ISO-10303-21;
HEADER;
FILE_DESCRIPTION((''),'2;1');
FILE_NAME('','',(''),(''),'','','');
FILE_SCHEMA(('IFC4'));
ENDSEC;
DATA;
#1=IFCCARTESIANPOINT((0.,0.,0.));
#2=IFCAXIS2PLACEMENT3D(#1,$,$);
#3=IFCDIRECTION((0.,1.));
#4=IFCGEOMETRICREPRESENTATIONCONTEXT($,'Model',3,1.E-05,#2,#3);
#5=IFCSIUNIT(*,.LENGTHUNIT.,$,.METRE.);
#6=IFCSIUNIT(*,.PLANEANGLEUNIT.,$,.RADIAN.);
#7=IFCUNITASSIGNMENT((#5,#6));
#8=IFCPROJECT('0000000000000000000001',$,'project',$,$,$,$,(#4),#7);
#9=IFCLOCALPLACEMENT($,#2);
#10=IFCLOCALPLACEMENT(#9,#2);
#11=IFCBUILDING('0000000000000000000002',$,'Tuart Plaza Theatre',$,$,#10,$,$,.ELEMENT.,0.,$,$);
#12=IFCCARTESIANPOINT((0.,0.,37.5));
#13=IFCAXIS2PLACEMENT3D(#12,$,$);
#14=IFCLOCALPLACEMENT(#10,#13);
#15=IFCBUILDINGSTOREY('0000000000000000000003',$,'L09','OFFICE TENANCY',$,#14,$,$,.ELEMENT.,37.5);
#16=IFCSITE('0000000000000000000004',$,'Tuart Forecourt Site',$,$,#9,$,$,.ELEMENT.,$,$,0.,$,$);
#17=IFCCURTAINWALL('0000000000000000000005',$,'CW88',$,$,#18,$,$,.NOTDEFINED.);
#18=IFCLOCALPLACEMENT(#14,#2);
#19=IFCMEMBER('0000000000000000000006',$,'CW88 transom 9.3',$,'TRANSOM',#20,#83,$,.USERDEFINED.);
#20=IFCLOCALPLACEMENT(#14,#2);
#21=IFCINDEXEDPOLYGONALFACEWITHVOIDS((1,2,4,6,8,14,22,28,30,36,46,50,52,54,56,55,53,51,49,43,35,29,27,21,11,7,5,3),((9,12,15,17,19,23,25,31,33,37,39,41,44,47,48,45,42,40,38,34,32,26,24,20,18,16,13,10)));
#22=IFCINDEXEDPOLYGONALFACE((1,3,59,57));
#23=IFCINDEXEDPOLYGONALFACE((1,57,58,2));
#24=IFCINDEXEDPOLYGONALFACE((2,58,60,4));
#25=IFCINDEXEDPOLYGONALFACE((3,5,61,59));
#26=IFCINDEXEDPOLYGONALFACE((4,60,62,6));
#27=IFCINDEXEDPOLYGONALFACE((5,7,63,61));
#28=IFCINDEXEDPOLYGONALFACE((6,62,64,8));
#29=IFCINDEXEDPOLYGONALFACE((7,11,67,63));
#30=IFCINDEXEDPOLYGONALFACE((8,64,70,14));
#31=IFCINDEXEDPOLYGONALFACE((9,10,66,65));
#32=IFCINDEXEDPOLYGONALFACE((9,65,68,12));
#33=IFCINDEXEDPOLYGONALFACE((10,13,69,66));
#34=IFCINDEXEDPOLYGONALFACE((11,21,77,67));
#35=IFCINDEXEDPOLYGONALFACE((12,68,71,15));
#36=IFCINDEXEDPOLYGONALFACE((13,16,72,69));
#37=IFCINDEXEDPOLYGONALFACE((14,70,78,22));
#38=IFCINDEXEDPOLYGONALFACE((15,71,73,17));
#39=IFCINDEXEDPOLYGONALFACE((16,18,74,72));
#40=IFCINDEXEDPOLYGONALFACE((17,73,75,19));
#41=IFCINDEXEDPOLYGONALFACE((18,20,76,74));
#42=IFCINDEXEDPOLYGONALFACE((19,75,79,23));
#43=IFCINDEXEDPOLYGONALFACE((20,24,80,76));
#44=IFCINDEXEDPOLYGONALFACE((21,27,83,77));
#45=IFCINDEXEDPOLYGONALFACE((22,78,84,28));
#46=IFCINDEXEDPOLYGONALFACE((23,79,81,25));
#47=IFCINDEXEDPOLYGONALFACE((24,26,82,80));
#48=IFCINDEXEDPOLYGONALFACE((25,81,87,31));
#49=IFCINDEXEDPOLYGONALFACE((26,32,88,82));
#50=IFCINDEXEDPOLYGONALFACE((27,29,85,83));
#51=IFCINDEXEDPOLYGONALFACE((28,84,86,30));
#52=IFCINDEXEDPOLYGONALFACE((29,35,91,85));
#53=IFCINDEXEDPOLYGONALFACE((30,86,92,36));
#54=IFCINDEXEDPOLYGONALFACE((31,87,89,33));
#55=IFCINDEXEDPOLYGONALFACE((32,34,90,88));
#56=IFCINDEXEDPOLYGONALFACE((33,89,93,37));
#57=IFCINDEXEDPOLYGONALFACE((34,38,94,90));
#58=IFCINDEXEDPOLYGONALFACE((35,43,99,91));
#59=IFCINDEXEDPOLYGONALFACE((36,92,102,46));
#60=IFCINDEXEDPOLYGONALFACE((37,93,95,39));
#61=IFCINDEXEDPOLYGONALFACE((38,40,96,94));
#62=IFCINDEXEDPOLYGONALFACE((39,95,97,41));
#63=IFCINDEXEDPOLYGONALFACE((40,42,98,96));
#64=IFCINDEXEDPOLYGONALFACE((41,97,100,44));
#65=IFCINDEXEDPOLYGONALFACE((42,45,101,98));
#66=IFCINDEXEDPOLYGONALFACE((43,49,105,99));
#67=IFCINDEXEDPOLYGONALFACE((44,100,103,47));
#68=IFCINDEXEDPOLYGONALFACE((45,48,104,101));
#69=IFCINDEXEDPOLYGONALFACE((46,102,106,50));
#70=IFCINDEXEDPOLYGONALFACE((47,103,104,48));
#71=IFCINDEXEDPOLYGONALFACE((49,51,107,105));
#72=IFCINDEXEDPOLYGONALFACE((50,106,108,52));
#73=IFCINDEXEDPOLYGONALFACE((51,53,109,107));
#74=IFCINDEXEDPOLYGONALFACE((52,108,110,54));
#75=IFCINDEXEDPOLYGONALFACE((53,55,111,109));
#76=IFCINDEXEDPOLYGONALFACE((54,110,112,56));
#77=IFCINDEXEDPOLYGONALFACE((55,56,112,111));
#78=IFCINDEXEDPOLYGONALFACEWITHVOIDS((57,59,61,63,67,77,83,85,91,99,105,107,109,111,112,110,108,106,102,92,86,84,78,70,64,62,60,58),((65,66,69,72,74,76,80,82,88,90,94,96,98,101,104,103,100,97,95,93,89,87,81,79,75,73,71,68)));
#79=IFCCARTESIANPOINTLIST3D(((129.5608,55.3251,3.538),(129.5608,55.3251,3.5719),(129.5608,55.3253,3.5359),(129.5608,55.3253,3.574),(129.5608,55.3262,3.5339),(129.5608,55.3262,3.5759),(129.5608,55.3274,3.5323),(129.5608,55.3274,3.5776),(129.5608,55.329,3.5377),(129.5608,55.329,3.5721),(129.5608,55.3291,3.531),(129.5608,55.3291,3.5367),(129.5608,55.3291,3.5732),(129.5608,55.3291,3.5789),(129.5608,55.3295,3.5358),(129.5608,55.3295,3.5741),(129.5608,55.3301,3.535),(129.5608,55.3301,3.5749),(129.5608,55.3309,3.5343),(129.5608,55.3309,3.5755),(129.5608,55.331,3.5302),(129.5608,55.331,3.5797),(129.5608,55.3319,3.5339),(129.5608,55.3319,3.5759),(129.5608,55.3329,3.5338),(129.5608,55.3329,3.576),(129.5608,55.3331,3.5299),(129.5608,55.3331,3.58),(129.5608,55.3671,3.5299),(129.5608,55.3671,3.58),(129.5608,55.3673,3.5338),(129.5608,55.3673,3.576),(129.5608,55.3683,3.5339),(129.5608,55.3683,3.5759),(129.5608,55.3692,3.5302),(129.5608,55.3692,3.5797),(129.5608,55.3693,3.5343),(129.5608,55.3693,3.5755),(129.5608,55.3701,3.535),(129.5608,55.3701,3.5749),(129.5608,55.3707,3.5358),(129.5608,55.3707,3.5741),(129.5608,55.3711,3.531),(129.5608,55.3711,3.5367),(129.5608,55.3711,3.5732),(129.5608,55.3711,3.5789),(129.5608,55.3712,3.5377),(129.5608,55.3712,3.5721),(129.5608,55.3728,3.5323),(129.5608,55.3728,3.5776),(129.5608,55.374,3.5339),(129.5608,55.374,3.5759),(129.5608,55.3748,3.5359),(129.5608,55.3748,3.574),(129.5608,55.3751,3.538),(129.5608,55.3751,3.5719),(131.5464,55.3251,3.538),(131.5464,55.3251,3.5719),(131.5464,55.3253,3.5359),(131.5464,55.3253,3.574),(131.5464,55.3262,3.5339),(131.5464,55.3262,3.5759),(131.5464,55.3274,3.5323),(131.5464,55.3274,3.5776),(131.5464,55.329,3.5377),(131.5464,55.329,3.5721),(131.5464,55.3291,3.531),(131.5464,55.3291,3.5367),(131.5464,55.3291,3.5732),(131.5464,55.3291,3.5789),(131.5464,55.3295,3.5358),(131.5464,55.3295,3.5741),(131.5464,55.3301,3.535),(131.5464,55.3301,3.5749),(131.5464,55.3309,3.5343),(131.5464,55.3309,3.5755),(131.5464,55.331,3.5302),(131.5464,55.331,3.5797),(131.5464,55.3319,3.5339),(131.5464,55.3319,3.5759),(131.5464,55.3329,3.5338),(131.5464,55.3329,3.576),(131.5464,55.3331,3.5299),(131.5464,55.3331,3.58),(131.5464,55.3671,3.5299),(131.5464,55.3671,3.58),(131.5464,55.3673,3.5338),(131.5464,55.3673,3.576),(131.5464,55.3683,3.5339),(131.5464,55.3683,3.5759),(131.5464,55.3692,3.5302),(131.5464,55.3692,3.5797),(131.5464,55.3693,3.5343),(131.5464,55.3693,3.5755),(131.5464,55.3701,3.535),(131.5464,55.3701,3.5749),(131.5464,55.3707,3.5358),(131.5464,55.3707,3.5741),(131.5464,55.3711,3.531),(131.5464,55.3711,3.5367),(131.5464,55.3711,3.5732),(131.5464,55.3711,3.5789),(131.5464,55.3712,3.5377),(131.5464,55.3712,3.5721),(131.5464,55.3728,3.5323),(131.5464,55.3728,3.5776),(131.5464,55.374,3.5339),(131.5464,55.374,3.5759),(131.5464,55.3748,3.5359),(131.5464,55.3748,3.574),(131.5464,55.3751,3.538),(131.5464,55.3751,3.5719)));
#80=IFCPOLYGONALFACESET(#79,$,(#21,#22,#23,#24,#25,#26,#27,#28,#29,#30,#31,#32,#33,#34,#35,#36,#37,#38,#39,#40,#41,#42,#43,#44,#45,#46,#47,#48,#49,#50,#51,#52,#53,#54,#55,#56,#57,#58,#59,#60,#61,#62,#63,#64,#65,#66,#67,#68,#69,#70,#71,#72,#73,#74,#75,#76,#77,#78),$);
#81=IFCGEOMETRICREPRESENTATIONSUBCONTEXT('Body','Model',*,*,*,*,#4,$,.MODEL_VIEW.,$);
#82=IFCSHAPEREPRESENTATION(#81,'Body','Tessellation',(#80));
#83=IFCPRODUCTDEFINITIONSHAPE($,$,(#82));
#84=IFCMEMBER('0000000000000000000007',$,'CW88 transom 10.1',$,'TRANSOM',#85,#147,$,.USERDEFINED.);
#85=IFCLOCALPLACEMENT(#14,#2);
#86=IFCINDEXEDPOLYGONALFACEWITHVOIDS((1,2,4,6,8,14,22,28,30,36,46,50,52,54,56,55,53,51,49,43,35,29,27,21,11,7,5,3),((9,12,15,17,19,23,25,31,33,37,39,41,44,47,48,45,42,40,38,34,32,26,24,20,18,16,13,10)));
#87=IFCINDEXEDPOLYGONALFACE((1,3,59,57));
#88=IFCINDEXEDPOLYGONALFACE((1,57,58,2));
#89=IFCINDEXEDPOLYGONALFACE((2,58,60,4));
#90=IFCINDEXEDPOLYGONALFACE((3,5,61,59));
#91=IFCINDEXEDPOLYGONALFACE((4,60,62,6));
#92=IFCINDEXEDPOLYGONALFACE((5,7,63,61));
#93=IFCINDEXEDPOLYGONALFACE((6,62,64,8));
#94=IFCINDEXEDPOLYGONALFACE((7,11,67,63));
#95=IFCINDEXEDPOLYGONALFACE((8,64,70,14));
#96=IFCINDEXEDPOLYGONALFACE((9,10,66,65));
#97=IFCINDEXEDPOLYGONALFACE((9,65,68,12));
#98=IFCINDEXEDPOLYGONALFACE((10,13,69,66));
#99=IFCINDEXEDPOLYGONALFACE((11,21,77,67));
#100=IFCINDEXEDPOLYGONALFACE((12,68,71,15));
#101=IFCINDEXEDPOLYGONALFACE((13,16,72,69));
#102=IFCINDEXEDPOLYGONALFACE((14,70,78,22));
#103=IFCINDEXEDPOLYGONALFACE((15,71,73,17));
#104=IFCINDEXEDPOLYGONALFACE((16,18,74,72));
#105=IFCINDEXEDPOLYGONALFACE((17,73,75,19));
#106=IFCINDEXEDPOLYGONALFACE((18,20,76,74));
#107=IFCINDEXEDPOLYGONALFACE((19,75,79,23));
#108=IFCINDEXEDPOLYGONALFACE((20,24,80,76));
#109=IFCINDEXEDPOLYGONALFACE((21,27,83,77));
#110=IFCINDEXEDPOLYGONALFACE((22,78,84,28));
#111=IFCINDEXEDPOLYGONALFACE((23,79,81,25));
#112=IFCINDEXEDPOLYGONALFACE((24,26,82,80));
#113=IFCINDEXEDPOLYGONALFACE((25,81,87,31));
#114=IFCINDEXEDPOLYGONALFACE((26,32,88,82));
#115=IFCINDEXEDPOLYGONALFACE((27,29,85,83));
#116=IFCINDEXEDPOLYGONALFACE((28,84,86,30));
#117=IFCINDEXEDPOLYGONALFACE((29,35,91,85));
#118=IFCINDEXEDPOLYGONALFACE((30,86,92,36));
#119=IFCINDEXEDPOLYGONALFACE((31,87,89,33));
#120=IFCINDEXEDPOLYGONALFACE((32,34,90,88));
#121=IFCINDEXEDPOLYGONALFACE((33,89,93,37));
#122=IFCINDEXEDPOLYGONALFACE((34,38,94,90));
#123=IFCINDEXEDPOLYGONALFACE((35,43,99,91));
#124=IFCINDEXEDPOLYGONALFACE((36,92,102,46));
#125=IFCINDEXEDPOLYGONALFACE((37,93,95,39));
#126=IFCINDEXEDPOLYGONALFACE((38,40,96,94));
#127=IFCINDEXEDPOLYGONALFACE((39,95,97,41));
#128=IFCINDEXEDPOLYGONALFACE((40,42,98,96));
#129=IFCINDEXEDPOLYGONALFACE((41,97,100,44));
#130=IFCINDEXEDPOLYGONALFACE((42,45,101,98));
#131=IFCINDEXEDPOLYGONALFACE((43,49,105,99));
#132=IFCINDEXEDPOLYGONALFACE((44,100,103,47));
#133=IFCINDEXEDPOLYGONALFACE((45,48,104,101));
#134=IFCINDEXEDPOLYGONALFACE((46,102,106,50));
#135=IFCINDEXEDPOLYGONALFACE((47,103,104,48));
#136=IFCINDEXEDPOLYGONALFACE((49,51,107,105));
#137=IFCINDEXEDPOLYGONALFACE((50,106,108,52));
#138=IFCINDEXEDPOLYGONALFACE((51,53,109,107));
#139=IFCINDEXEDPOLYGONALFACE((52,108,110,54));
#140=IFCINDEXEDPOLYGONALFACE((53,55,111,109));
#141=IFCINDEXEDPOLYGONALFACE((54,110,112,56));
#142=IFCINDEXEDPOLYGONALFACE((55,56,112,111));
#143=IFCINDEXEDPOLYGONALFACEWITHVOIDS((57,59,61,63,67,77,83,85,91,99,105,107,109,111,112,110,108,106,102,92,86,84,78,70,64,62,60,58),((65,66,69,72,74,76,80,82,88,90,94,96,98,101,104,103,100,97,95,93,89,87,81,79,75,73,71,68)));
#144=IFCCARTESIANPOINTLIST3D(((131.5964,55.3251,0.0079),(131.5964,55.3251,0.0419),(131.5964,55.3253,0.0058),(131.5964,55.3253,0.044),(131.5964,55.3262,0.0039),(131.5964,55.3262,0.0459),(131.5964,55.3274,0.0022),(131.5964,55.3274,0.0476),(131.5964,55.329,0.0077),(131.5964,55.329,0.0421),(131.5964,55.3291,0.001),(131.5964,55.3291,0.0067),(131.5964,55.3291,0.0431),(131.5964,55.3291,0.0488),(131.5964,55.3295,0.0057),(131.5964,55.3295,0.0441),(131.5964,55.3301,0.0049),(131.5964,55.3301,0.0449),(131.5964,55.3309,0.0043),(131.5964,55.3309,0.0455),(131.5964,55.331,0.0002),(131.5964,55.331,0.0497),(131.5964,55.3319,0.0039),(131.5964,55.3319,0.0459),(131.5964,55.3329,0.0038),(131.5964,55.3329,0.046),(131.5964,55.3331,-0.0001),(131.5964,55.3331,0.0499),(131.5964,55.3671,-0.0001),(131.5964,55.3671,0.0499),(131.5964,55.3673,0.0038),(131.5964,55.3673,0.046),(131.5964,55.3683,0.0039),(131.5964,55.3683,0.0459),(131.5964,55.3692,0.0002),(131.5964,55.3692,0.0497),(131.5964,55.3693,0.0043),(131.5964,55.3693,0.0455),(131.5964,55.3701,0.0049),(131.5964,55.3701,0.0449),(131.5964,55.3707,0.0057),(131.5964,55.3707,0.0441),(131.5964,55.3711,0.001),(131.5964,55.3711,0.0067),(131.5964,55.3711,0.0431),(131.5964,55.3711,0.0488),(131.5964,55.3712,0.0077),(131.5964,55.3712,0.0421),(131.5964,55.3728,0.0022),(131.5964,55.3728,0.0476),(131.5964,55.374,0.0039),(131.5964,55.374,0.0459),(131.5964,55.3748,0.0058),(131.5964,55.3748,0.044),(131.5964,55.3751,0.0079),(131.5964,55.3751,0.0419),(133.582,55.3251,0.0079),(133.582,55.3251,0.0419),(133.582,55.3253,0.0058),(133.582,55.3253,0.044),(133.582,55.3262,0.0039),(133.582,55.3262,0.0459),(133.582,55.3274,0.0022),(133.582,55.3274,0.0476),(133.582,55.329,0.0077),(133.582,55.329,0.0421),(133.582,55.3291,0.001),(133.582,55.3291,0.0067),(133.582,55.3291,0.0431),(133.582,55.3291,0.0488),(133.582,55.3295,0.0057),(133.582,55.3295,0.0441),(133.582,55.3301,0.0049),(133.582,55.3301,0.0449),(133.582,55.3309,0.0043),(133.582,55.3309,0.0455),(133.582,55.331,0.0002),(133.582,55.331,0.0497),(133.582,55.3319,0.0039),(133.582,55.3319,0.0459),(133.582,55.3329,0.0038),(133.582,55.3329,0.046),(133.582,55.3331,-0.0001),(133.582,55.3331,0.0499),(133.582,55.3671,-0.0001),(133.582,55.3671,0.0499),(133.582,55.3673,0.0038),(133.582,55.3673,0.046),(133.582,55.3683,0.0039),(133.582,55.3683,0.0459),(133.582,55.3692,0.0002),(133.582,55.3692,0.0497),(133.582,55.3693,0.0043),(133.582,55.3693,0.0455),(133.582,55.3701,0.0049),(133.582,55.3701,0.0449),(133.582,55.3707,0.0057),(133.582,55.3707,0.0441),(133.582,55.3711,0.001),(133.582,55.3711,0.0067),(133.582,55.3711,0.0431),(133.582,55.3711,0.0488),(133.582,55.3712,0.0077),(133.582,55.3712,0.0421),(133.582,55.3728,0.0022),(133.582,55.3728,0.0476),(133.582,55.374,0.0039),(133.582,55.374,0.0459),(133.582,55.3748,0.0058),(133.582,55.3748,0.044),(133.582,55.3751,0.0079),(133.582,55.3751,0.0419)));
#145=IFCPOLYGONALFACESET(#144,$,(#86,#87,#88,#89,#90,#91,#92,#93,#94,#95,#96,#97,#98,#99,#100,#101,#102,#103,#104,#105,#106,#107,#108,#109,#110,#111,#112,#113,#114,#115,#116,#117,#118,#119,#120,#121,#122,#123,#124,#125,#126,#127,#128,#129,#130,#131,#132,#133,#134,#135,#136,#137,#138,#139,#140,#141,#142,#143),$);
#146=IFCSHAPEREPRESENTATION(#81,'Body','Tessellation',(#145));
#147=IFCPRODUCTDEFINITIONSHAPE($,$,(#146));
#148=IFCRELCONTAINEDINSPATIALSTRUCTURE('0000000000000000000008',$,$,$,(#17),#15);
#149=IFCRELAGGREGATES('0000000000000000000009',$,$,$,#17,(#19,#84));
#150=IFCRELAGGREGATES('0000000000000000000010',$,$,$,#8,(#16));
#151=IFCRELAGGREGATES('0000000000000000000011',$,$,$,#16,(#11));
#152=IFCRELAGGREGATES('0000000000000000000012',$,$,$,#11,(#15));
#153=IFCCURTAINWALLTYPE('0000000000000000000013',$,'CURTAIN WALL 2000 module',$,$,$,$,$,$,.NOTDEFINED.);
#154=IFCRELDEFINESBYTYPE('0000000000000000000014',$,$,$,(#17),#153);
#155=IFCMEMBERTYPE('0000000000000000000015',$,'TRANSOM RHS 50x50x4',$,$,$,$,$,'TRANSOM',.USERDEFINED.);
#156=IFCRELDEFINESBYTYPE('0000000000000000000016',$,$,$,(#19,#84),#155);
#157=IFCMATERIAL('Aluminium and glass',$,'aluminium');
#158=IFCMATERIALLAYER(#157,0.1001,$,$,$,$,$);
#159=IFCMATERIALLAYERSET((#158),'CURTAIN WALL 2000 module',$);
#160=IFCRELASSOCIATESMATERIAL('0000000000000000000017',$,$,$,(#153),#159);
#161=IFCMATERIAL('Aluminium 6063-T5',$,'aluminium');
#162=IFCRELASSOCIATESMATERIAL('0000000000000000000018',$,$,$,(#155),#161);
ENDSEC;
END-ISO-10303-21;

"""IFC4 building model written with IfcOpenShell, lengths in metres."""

from ifc_helpers import new_model, si_unit, direction, frame, origin, origin_2d, place, context, subcontext, project, spatial, hollow_rectangle, extrude, material, layer, layer_set, material_profile, profile_set, type_object, element, aggregate, save


model = new_model("IFC4")

# Units and contexts
model_context = context("Model", 3, precision=1e-05, world=origin(), true_north=direction((0.0, 1.0)))
body_context = subcontext(model_context, "Body", "Model", "MODEL_VIEW")
ifc_project = project(units=[si_unit("LENGTHUNIT", "METRE"), si_unit("PLANEANGLEUNIT", "RADIAN")], contexts=[model_context])

# Site, building, storey
site_placement = place(None, origin())
site = spatial("IfcSite", under=ifc_project, at=site_placement, Name="Tuart Forecourt Site", CompositionType="ELEMENT", RefElevation=0.0)
building_placement = place(site_placement, origin())
building = spatial("IfcBuilding", under=site, at=building_placement, Name="Tuart Plaza Theatre", CompositionType="ELEMENT", ElevationOfRefHeight=0.0)
storey_placement = place(building_placement, frame((0.0, 0.0, 37.5)))
storey = spatial("IfcBuildingStorey", under=building, at=storey_placement, Name="L09", Description="OFFICE TENANCY", CompositionType="ELEMENT", Elevation=37.5)

# Curtain wall, members
ifc_material_1 = material(Name="Aluminium and glass", Category="aluminium")
ifc_layer_1 = layer(ifc_material_1, 0.1001)
ifc_layer_set_1 = layer_set([ifc_layer_1], Name="CURTAIN WALL 2000 module")
curtain_wall_type = type_object("IfcCurtainWallType", Name="CURTAIN WALL 2000 module", PredefinedType="NOTDEFINED", material=ifc_layer_set_1)
curtain_wall_placement = place(storey_placement, origin())
curtain_wall = element("IfcCurtainWall", 1, at=curtain_wall_placement, inside=storey, type_object=curtain_wall_type, Name="CW88", PredefinedType="NOTDEFINED")
ifc_material_2 = material(Name="Aluminium 6063-T5", Category="aluminium")
ifc_material_profile_1 = material_profile(ifc_material_2, hollow_rectangle(XDim=0.05, YDim=0.05, WallThickness=0.0039, InnerFilletRadius=0.0039, OuterFilletRadius=0.0081, at=origin_2d()), Name="RHS 50x50x4")
ifc_profile_set_1 = profile_set([ifc_material_profile_1], Name="Aluminium 6063-T5")
member_type_1 = type_object("IfcMemberType", Name="TRANSOM RHS 50x50x4", ElementType="TRANSOM", PredefinedType="USERDEFINED", material=ifc_profile_set_1)
member_1_placement = place(storey_placement, frame((129.5608, 55.3501, 3.5549), z_axis=(1.0, 0.0, 0.0), x_axis=(0.0, 1.0, 0.0)))
member_1 = element("IfcMember", 2, at=member_1_placement, type_object=member_type_1, Name="CW88 transom 9.3", ObjectType="TRANSOM", PredefinedType="USERDEFINED", context=body_context, shape_type="SweptSolid", body=[
    extrude(hollow_rectangle(XDim=0.05, YDim=0.05, WallThickness=0.0039, InnerFilletRadius=0.0039, OuterFilletRadius=0.0081, at=origin_2d()), origin(), (0.0, 0.0, 1.0), 1.9856),
])
member_2_placement = place(storey_placement, frame((131.5964, 55.3501, 0.0249), z_axis=(1.0, 0.0, 0.0), x_axis=(0.0, 1.0, 0.0)))
member_2 = element("IfcMember", 3, at=member_2_placement, type_object=member_type_1, Name="CW88 transom 10.1", ObjectType="TRANSOM", PredefinedType="USERDEFINED", context=body_context, shape_type="SweptSolid", body=[
    extrude(hollow_rectangle(XDim=0.05, YDim=0.05, WallThickness=0.0039, InnerFilletRadius=0.0039, OuterFilletRadius=0.0081, at=origin_2d()), origin(), (0.0, 0.0, 1.0), 1.9856),
])
aggregate(curtain_wall, [member_1, member_2])

save(model, "model.ifc")
